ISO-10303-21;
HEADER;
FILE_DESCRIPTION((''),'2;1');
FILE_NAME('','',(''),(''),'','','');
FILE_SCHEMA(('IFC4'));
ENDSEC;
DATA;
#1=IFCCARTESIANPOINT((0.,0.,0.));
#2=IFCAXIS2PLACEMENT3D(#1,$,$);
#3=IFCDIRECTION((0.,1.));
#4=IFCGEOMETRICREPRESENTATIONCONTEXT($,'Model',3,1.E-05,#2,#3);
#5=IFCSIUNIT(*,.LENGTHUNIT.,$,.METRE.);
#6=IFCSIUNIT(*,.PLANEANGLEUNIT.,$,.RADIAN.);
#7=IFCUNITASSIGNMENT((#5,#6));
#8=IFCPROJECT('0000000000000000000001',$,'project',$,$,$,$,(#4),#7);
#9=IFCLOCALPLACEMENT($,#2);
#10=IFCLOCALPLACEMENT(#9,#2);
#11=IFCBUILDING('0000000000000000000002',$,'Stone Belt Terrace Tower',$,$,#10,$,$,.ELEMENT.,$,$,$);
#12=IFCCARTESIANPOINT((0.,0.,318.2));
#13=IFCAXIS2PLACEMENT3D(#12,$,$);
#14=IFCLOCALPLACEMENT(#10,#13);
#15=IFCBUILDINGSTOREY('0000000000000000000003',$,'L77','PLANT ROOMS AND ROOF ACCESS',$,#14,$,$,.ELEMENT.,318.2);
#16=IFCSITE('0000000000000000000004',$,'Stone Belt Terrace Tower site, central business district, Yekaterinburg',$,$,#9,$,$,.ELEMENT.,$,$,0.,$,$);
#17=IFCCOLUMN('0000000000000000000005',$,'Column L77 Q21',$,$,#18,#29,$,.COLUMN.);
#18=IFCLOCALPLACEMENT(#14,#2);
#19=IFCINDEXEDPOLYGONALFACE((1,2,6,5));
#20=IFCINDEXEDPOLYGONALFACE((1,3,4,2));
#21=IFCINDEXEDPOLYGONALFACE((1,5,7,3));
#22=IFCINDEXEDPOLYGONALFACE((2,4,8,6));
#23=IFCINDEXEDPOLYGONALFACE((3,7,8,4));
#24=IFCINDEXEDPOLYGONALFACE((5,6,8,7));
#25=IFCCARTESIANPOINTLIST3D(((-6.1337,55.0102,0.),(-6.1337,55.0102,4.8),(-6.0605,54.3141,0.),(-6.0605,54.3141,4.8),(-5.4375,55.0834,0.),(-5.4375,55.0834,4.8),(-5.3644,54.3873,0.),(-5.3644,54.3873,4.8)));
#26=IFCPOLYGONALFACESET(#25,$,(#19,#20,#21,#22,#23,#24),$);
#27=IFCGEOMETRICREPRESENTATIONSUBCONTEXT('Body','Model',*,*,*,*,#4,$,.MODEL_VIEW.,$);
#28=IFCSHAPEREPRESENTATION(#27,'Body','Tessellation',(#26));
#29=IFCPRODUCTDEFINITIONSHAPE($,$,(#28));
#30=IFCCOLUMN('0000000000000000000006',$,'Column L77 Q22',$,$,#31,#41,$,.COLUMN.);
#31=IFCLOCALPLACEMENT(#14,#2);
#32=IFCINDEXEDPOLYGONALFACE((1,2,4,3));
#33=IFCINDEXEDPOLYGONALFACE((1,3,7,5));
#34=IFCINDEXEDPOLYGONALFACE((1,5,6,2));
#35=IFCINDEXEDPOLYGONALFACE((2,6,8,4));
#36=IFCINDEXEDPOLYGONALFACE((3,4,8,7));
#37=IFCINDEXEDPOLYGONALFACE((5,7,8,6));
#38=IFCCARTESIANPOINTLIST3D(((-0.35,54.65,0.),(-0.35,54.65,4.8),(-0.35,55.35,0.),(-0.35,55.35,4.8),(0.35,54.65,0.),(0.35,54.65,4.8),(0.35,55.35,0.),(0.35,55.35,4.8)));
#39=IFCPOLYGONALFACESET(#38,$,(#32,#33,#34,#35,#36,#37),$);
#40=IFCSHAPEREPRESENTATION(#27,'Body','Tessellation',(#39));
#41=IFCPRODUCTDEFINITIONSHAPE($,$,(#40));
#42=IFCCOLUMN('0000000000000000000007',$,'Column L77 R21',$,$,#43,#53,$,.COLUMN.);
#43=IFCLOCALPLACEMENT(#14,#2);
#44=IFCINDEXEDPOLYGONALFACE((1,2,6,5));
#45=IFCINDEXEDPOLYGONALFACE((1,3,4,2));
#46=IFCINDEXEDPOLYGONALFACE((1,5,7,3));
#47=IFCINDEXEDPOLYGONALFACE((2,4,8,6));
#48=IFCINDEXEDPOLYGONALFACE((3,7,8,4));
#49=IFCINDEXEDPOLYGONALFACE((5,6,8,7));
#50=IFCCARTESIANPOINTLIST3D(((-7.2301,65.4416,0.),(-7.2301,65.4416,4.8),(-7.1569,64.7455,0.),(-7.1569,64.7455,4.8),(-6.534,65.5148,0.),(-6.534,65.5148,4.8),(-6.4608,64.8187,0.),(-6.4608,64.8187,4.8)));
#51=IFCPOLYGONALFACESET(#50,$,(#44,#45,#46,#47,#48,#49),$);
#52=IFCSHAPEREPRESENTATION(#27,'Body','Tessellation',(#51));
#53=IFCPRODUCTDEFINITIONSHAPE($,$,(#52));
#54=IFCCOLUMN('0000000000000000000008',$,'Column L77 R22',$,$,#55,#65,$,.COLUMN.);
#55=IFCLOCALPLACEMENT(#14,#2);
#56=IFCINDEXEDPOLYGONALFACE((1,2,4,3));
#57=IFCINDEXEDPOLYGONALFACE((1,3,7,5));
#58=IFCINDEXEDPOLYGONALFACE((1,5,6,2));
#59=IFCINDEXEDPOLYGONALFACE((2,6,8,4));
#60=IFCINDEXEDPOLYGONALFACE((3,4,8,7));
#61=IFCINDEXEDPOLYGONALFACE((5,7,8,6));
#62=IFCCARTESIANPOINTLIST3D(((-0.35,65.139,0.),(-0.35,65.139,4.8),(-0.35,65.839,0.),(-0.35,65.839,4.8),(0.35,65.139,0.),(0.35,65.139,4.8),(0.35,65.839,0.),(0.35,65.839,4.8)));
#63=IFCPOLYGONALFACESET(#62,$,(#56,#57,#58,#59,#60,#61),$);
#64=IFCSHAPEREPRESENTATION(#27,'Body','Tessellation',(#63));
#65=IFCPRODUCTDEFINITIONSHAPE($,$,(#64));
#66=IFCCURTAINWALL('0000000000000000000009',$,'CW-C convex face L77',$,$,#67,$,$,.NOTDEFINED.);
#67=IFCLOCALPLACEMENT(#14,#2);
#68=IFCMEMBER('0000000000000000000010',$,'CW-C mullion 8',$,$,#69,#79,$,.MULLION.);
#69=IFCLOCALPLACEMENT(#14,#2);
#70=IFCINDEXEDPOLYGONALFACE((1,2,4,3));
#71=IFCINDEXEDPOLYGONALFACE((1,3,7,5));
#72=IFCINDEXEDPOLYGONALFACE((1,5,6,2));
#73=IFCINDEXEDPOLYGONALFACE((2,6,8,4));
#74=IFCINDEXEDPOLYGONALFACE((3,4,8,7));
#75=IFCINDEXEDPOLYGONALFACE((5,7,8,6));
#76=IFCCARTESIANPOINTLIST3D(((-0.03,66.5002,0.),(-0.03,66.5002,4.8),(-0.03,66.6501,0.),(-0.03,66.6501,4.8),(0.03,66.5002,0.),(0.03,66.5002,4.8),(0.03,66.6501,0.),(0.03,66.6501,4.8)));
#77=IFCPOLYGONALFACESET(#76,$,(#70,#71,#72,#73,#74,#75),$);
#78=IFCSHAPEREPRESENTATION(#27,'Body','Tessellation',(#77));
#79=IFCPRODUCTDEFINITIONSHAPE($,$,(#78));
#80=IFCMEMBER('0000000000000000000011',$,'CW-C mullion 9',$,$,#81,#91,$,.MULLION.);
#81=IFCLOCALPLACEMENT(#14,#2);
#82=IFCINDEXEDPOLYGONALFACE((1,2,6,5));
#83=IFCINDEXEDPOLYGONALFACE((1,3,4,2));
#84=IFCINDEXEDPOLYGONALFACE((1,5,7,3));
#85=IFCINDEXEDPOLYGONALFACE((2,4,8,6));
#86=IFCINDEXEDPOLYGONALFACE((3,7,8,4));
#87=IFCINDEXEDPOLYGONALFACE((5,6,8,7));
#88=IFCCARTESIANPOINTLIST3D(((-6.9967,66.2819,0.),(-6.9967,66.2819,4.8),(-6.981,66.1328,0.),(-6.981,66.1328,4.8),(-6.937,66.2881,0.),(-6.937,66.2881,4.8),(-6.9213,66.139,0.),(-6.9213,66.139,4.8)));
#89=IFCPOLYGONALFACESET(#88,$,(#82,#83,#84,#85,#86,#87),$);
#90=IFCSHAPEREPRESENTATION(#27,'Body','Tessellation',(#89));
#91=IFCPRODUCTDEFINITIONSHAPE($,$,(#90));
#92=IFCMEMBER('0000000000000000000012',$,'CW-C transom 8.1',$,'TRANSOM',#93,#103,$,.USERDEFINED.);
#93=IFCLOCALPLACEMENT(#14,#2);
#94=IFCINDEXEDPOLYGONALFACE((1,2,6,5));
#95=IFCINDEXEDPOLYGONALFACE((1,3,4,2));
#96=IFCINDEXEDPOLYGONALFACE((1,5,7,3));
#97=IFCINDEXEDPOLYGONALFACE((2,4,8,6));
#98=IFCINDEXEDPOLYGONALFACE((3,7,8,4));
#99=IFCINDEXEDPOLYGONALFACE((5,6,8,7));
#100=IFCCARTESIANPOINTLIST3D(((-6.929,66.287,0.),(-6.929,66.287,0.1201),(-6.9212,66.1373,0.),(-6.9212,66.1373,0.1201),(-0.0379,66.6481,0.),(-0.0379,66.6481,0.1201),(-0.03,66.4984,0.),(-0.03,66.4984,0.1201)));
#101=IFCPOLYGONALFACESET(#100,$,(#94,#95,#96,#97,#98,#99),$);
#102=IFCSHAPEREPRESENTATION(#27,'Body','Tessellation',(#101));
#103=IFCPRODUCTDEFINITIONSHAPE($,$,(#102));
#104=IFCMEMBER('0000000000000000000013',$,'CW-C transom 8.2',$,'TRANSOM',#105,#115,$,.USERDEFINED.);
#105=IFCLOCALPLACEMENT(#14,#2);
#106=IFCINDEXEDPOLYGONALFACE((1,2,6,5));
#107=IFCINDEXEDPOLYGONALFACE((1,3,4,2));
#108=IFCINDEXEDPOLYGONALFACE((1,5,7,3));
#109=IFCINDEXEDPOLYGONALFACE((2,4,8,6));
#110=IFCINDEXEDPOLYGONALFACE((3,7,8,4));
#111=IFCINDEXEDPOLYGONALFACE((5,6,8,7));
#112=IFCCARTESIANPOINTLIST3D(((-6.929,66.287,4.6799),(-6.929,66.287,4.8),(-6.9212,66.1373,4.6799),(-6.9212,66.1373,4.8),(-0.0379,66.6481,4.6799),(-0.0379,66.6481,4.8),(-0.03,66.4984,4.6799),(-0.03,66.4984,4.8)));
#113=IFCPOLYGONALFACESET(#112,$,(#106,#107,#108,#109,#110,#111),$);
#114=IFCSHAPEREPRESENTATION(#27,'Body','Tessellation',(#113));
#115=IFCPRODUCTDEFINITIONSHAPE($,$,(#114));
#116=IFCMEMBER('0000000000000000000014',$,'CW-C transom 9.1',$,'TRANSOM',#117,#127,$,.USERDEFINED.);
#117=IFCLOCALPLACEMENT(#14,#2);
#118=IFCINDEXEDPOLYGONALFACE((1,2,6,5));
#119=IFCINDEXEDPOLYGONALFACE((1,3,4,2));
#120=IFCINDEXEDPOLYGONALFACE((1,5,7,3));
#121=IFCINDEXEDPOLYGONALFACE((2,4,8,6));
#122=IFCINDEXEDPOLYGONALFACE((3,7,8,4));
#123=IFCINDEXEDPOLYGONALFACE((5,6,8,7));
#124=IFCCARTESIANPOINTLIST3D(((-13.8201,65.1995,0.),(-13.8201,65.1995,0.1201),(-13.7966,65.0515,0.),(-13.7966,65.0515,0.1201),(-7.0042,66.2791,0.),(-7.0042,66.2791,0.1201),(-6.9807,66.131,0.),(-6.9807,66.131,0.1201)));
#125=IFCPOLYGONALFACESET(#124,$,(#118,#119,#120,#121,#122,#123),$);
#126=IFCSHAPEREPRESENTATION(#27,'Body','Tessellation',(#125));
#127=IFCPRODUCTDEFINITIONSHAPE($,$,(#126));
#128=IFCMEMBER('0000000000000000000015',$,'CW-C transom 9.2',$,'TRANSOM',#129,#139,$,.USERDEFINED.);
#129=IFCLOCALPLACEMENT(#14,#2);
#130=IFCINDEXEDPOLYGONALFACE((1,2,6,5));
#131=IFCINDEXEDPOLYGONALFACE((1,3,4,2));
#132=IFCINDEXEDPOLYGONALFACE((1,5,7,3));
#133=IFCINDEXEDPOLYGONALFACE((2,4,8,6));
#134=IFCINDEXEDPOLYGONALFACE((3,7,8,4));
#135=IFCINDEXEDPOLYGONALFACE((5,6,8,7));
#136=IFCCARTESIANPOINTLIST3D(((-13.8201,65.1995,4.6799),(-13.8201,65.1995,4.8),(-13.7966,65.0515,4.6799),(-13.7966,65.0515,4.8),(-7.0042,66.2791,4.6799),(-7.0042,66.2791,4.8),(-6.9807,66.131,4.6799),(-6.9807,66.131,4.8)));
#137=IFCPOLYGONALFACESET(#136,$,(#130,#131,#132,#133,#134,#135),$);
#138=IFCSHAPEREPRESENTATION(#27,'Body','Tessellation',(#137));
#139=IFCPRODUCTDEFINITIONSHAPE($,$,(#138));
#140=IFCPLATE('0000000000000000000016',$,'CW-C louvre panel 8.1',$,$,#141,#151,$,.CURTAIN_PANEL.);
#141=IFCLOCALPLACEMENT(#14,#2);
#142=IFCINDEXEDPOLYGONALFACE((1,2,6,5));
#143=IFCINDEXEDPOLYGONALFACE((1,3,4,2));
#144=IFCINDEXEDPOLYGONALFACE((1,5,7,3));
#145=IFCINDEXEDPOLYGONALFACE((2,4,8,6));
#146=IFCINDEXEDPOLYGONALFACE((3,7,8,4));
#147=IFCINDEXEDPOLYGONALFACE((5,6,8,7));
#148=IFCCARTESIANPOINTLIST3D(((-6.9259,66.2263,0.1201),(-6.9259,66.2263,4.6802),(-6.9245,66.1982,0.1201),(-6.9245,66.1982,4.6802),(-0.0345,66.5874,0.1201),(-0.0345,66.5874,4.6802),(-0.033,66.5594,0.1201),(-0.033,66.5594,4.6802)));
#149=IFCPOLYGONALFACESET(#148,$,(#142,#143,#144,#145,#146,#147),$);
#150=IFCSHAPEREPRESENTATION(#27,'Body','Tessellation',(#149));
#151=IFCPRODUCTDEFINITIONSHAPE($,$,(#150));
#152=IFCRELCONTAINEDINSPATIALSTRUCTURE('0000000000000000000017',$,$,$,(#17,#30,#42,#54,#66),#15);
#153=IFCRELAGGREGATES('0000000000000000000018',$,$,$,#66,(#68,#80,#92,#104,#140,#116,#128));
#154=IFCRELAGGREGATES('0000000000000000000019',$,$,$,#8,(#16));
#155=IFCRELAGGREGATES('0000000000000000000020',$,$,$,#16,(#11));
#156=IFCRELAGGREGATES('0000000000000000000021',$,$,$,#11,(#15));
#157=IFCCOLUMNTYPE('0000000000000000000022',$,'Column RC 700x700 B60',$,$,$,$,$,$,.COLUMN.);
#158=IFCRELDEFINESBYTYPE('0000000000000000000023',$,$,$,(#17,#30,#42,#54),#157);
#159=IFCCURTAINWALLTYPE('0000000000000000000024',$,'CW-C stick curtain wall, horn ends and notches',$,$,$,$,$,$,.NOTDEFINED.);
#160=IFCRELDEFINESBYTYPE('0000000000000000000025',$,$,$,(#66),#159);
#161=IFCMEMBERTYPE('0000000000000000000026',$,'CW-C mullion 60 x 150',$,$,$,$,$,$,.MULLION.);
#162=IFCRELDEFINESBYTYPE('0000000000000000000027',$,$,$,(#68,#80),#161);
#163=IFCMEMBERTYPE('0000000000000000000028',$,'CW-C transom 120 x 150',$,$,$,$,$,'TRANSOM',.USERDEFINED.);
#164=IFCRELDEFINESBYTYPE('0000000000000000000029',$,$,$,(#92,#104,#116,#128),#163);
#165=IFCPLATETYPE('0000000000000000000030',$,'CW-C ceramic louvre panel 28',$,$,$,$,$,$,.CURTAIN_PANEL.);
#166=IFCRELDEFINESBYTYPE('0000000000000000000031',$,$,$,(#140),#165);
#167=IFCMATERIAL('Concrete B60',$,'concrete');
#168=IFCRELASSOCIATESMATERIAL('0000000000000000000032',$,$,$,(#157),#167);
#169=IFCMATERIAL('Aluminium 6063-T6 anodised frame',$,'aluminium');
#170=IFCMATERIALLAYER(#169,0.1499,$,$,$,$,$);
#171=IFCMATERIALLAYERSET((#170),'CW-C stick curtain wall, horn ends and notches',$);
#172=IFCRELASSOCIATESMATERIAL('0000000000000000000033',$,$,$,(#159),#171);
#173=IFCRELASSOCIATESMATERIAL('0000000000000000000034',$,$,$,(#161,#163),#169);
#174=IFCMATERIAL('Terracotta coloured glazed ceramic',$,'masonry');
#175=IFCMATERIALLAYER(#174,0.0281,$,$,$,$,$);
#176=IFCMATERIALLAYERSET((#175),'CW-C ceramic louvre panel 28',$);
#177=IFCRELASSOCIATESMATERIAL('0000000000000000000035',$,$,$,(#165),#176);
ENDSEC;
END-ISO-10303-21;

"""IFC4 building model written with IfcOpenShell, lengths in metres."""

from ifc_helpers import new_model, si_unit, direction, frame, origin, origin_2d, place, context, subcontext, project, spatial, rectangle, extrude, material, layer, layer_set, material_profile, profile_set, type_object, element, aggregate, save


model = new_model("IFC4")

# Units and contexts
model_context = context("Model", 3, precision=1e-05, world=origin(), true_north=direction((0.0, 1.0)))
body_context = subcontext(model_context, "Body", "Model", "MODEL_VIEW")
ifc_project = project(units=[si_unit("LENGTHUNIT", "METRE"), si_unit("PLANEANGLEUNIT", "RADIAN")], contexts=[model_context])

# Site, building, storey
site_placement = place(None, origin())
site = spatial("IfcSite", under=ifc_project, at=site_placement, Name="Stone Belt Terrace Tower site, central business district, Yekaterinburg", CompositionType="ELEMENT", RefElevation=0.0)
building_placement = place(site_placement, origin())
building = spatial("IfcBuilding", under=site, at=building_placement, Name="Stone Belt Terrace Tower", CompositionType="ELEMENT")
storey_placement = place(building_placement, frame((0.0, 0.0, 318.2)))
storey = spatial("IfcBuildingStorey", under=building, at=storey_placement, Name="L77", Description="PLANT ROOMS AND ROOF ACCESS", CompositionType="ELEMENT", Elevation=318.2)

# Columns
ifc_material_1 = material(Name="Concrete B60", Category="concrete")
ifc_material_profile_1 = material_profile(ifc_material_1, rectangle(XDim=0.7, YDim=0.7, at=origin_2d()), Name="RC 700x700")
ifc_profile_set_1 = profile_set([ifc_material_profile_1], Name="Concrete B60")
column_type = type_object("IfcColumnType", Name="Column RC 700x700 B60", PredefinedType="COLUMN", material=ifc_profile_set_1)
for number, where, z_axis, x_axis, name in (
    (1, (-5.749, 54.6987, 0.0), (0.0, 0.0, 1.0), (0.994522, 0.104528, 0.0), "Column L77 Q21"),
    (2, (0.0, 55.0, 0.0), (0.0, 0.0, 1.0), (1.0, 0.0, 0.0), "Column L77 Q22"),
    (3, (-6.8455, 65.1301, 0.0), (0.0, 0.0, 1.0), (0.994522, 0.104528, 0.0), "Column L77 R21"),
    (4, (0.0, 65.489, 0.0), (0.0, 0.0, 1.0), (1.0, 0.0, 0.0), "Column L77 R22"),
):
    element("IfcColumn", number, at=place(storey_placement, frame(where, z_axis=z_axis, x_axis=x_axis)), inside=storey, type_object=column_type, Name=name, PredefinedType="COLUMN", context=body_context, shape_type="SweptSolid", body=[
        extrude(rectangle(XDim=0.7, YDim=0.7, at=origin_2d()), origin(), (0.0, 0.0, 1.0), 4.8),
    ])

# Curtain wall, members, plate
ifc_material_2 = material(Name="Aluminium 6063-T6 anodised frame", Category="aluminium")
ifc_layer_1 = layer(ifc_material_2, 0.1499)
ifc_layer_set_1 = layer_set([ifc_layer_1], Name="CW-C stick curtain wall, horn ends and notches")
curtain_wall_type = type_object("IfcCurtainWallType", Name="CW-C stick curtain wall, horn ends and notches", PredefinedType="NOTDEFINED", material=ifc_layer_set_1)
curtain_wall_placement = place(storey_placement, origin())
curtain_wall = element("IfcCurtainWall", 5, at=curtain_wall_placement, inside=storey, type_object=curtain_wall_type, Name="CW-C convex face L77", PredefinedType="NOTDEFINED")
ifc_material_profile_2 = material_profile(ifc_material_2, rectangle(XDim=0.1499, YDim=0.0601, at=origin_2d()), Name="Aluminium 6063-T6 60x150")
ifc_profile_set_2 = profile_set([ifc_material_profile_2], Name="Aluminium 6063-T6 anodised frame")
member_type_1 = type_object("IfcMemberType", Name="CW-C mullion 60 x 150", PredefinedType="MULLION", material=ifc_profile_set_2)
member_1_placement = place(storey_placement, frame((0.0, 66.5752, 0.0), z_axis=(0.0, 0.0, 1.0), x_axis=(0.0, -1.0, 0.0)))
member_1 = element("IfcMember", 6, at=member_1_placement, type_object=member_type_1, Name="CW-C mullion 8", PredefinedType="MULLION", context=body_context, shape_type="SweptSolid", body=[
    extrude(rectangle(XDim=0.1499, YDim=0.0601, at=origin_2d()), origin(), (0.0, 0.0, 1.0), 4.8),
])
member_2_placement = place(storey_placement, frame((-6.959, 66.2104, 0.0), z_axis=(0.0, 0.0, 1.0), x_axis=(0.104528, -0.994522, 0.0)))
member_2 = element("IfcMember", 7, at=member_2_placement, type_object=member_type_1, Name="CW-C mullion 9", PredefinedType="MULLION", context=body_context, shape_type="SweptSolid", body=[
    extrude(rectangle(XDim=0.1499, YDim=0.0601, at=origin_2d()), origin(), (0.0, 0.0, 1.0), 4.8),
])
ifc_material_profile_3 = material_profile(ifc_material_2, rectangle(XDim=0.1499, YDim=0.1201, at=origin_2d()), Name="Aluminium 6063-T6 150x120")
ifc_profile_set_3 = profile_set([ifc_material_profile_3], Name="Aluminium 6063-T6 anodised frame")
member_type_2 = type_object("IfcMemberType", Name="CW-C transom 120 x 150", ElementType="TRANSOM", PredefinedType="USERDEFINED", material=ifc_profile_set_3)
member_3_placement = place(storey_placement, frame((-0.0339, 66.5732, 0.0601), z_axis=(-0.99863, -0.052327, 0.0), x_axis=(0.052327, -0.99863, 0.0)))
member_3 = element("IfcMember", 8, at=member_3_placement, type_object=member_type_2, Name="CW-C transom 8.1", ObjectType="TRANSOM", PredefinedType="USERDEFINED", context=body_context, shape_type="SweptSolid", body=[
    extrude(rectangle(XDim=0.1499, YDim=0.1201, at=origin_2d()), origin(), (0.0, 0.0, 1.0), 6.9006),
])
member_4_placement = place(storey_placement, frame((-0.0339, 66.5732, 4.74), z_axis=(-0.99863, -0.052327, 0.0), x_axis=(0.052327, -0.99863, 0.0)))
member_4 = element("IfcMember", 9, at=member_4_placement, type_object=member_type_2, Name="CW-C transom 8.2", ObjectType="TRANSOM", PredefinedType="USERDEFINED", context=body_context, shape_type="SweptSolid", body=[
    extrude(rectangle(XDim=0.1499, YDim=0.1201, at=origin_2d()), origin(), (0.0, 0.0, 1.0), 6.9006),
])
member_5_placement = place(storey_placement, frame((-6.9924, 66.2051, 0.0601), z_axis=(-0.987687, -0.156442, 0.0), x_axis=(0.156442, -0.987687, 0.0)))
member_5 = element("IfcMember", 10, at=member_5_placement, type_object=member_type_2, Name="CW-C transom 9.1", ObjectType="TRANSOM", PredefinedType="USERDEFINED", context=body_context, shape_type="SweptSolid", body=[
    extrude(rectangle(XDim=0.1499, YDim=0.1201, at=origin_2d()), origin(), (0.0, 0.0, 1.0), 6.9009),
])
member_6_placement = place(storey_placement, frame((-6.9924, 66.2051, 4.74), z_axis=(-0.987687, -0.156442, 0.0), x_axis=(0.156442, -0.987687, 0.0)))
member_6 = element("IfcMember", 11, at=member_6_placement, type_object=member_type_2, Name="CW-C transom 9.2", ObjectType="TRANSOM", PredefinedType="USERDEFINED", context=body_context, shape_type="SweptSolid", body=[
    extrude(rectangle(XDim=0.1499, YDim=0.1201, at=origin_2d()), origin(), (0.0, 0.0, 1.0), 6.9009),
])
ifc_material_3 = material(Name="Terracotta coloured glazed ceramic", Category="masonry")
ifc_layer_2 = layer(ifc_material_3, 0.0281)
ifc_layer_set_2 = layer_set([ifc_layer_2], Name="CW-C ceramic louvre panel 28")
plate_type = type_object("IfcPlateType", Name="CW-C ceramic louvre panel 28", PredefinedType="CURTAIN_PANEL", material=ifc_layer_set_2)
plate_placement = place(storey_placement, frame((-3.4795, 66.3928, 0.1201), z_axis=(0.0, 0.0, 1.0), x_axis=(-0.99863, -0.052336, 0.0)))
plate = element("IfcPlate", 12, at=plate_placement, type_object=plate_type, Name="CW-C louvre panel 8.1", PredefinedType="CURTAIN_PANEL", context=body_context, shape_type="SweptSolid", body=[
    extrude(rectangle(XDim=6.9009, YDim=0.0281, at=origin_2d()), origin(), (0.0, 0.0, 1.0), 4.5601),
])
aggregate(curtain_wall, [member_1, member_2, member_3, member_4, plate, member_5, member_6])

save(model, "model.ifc")
